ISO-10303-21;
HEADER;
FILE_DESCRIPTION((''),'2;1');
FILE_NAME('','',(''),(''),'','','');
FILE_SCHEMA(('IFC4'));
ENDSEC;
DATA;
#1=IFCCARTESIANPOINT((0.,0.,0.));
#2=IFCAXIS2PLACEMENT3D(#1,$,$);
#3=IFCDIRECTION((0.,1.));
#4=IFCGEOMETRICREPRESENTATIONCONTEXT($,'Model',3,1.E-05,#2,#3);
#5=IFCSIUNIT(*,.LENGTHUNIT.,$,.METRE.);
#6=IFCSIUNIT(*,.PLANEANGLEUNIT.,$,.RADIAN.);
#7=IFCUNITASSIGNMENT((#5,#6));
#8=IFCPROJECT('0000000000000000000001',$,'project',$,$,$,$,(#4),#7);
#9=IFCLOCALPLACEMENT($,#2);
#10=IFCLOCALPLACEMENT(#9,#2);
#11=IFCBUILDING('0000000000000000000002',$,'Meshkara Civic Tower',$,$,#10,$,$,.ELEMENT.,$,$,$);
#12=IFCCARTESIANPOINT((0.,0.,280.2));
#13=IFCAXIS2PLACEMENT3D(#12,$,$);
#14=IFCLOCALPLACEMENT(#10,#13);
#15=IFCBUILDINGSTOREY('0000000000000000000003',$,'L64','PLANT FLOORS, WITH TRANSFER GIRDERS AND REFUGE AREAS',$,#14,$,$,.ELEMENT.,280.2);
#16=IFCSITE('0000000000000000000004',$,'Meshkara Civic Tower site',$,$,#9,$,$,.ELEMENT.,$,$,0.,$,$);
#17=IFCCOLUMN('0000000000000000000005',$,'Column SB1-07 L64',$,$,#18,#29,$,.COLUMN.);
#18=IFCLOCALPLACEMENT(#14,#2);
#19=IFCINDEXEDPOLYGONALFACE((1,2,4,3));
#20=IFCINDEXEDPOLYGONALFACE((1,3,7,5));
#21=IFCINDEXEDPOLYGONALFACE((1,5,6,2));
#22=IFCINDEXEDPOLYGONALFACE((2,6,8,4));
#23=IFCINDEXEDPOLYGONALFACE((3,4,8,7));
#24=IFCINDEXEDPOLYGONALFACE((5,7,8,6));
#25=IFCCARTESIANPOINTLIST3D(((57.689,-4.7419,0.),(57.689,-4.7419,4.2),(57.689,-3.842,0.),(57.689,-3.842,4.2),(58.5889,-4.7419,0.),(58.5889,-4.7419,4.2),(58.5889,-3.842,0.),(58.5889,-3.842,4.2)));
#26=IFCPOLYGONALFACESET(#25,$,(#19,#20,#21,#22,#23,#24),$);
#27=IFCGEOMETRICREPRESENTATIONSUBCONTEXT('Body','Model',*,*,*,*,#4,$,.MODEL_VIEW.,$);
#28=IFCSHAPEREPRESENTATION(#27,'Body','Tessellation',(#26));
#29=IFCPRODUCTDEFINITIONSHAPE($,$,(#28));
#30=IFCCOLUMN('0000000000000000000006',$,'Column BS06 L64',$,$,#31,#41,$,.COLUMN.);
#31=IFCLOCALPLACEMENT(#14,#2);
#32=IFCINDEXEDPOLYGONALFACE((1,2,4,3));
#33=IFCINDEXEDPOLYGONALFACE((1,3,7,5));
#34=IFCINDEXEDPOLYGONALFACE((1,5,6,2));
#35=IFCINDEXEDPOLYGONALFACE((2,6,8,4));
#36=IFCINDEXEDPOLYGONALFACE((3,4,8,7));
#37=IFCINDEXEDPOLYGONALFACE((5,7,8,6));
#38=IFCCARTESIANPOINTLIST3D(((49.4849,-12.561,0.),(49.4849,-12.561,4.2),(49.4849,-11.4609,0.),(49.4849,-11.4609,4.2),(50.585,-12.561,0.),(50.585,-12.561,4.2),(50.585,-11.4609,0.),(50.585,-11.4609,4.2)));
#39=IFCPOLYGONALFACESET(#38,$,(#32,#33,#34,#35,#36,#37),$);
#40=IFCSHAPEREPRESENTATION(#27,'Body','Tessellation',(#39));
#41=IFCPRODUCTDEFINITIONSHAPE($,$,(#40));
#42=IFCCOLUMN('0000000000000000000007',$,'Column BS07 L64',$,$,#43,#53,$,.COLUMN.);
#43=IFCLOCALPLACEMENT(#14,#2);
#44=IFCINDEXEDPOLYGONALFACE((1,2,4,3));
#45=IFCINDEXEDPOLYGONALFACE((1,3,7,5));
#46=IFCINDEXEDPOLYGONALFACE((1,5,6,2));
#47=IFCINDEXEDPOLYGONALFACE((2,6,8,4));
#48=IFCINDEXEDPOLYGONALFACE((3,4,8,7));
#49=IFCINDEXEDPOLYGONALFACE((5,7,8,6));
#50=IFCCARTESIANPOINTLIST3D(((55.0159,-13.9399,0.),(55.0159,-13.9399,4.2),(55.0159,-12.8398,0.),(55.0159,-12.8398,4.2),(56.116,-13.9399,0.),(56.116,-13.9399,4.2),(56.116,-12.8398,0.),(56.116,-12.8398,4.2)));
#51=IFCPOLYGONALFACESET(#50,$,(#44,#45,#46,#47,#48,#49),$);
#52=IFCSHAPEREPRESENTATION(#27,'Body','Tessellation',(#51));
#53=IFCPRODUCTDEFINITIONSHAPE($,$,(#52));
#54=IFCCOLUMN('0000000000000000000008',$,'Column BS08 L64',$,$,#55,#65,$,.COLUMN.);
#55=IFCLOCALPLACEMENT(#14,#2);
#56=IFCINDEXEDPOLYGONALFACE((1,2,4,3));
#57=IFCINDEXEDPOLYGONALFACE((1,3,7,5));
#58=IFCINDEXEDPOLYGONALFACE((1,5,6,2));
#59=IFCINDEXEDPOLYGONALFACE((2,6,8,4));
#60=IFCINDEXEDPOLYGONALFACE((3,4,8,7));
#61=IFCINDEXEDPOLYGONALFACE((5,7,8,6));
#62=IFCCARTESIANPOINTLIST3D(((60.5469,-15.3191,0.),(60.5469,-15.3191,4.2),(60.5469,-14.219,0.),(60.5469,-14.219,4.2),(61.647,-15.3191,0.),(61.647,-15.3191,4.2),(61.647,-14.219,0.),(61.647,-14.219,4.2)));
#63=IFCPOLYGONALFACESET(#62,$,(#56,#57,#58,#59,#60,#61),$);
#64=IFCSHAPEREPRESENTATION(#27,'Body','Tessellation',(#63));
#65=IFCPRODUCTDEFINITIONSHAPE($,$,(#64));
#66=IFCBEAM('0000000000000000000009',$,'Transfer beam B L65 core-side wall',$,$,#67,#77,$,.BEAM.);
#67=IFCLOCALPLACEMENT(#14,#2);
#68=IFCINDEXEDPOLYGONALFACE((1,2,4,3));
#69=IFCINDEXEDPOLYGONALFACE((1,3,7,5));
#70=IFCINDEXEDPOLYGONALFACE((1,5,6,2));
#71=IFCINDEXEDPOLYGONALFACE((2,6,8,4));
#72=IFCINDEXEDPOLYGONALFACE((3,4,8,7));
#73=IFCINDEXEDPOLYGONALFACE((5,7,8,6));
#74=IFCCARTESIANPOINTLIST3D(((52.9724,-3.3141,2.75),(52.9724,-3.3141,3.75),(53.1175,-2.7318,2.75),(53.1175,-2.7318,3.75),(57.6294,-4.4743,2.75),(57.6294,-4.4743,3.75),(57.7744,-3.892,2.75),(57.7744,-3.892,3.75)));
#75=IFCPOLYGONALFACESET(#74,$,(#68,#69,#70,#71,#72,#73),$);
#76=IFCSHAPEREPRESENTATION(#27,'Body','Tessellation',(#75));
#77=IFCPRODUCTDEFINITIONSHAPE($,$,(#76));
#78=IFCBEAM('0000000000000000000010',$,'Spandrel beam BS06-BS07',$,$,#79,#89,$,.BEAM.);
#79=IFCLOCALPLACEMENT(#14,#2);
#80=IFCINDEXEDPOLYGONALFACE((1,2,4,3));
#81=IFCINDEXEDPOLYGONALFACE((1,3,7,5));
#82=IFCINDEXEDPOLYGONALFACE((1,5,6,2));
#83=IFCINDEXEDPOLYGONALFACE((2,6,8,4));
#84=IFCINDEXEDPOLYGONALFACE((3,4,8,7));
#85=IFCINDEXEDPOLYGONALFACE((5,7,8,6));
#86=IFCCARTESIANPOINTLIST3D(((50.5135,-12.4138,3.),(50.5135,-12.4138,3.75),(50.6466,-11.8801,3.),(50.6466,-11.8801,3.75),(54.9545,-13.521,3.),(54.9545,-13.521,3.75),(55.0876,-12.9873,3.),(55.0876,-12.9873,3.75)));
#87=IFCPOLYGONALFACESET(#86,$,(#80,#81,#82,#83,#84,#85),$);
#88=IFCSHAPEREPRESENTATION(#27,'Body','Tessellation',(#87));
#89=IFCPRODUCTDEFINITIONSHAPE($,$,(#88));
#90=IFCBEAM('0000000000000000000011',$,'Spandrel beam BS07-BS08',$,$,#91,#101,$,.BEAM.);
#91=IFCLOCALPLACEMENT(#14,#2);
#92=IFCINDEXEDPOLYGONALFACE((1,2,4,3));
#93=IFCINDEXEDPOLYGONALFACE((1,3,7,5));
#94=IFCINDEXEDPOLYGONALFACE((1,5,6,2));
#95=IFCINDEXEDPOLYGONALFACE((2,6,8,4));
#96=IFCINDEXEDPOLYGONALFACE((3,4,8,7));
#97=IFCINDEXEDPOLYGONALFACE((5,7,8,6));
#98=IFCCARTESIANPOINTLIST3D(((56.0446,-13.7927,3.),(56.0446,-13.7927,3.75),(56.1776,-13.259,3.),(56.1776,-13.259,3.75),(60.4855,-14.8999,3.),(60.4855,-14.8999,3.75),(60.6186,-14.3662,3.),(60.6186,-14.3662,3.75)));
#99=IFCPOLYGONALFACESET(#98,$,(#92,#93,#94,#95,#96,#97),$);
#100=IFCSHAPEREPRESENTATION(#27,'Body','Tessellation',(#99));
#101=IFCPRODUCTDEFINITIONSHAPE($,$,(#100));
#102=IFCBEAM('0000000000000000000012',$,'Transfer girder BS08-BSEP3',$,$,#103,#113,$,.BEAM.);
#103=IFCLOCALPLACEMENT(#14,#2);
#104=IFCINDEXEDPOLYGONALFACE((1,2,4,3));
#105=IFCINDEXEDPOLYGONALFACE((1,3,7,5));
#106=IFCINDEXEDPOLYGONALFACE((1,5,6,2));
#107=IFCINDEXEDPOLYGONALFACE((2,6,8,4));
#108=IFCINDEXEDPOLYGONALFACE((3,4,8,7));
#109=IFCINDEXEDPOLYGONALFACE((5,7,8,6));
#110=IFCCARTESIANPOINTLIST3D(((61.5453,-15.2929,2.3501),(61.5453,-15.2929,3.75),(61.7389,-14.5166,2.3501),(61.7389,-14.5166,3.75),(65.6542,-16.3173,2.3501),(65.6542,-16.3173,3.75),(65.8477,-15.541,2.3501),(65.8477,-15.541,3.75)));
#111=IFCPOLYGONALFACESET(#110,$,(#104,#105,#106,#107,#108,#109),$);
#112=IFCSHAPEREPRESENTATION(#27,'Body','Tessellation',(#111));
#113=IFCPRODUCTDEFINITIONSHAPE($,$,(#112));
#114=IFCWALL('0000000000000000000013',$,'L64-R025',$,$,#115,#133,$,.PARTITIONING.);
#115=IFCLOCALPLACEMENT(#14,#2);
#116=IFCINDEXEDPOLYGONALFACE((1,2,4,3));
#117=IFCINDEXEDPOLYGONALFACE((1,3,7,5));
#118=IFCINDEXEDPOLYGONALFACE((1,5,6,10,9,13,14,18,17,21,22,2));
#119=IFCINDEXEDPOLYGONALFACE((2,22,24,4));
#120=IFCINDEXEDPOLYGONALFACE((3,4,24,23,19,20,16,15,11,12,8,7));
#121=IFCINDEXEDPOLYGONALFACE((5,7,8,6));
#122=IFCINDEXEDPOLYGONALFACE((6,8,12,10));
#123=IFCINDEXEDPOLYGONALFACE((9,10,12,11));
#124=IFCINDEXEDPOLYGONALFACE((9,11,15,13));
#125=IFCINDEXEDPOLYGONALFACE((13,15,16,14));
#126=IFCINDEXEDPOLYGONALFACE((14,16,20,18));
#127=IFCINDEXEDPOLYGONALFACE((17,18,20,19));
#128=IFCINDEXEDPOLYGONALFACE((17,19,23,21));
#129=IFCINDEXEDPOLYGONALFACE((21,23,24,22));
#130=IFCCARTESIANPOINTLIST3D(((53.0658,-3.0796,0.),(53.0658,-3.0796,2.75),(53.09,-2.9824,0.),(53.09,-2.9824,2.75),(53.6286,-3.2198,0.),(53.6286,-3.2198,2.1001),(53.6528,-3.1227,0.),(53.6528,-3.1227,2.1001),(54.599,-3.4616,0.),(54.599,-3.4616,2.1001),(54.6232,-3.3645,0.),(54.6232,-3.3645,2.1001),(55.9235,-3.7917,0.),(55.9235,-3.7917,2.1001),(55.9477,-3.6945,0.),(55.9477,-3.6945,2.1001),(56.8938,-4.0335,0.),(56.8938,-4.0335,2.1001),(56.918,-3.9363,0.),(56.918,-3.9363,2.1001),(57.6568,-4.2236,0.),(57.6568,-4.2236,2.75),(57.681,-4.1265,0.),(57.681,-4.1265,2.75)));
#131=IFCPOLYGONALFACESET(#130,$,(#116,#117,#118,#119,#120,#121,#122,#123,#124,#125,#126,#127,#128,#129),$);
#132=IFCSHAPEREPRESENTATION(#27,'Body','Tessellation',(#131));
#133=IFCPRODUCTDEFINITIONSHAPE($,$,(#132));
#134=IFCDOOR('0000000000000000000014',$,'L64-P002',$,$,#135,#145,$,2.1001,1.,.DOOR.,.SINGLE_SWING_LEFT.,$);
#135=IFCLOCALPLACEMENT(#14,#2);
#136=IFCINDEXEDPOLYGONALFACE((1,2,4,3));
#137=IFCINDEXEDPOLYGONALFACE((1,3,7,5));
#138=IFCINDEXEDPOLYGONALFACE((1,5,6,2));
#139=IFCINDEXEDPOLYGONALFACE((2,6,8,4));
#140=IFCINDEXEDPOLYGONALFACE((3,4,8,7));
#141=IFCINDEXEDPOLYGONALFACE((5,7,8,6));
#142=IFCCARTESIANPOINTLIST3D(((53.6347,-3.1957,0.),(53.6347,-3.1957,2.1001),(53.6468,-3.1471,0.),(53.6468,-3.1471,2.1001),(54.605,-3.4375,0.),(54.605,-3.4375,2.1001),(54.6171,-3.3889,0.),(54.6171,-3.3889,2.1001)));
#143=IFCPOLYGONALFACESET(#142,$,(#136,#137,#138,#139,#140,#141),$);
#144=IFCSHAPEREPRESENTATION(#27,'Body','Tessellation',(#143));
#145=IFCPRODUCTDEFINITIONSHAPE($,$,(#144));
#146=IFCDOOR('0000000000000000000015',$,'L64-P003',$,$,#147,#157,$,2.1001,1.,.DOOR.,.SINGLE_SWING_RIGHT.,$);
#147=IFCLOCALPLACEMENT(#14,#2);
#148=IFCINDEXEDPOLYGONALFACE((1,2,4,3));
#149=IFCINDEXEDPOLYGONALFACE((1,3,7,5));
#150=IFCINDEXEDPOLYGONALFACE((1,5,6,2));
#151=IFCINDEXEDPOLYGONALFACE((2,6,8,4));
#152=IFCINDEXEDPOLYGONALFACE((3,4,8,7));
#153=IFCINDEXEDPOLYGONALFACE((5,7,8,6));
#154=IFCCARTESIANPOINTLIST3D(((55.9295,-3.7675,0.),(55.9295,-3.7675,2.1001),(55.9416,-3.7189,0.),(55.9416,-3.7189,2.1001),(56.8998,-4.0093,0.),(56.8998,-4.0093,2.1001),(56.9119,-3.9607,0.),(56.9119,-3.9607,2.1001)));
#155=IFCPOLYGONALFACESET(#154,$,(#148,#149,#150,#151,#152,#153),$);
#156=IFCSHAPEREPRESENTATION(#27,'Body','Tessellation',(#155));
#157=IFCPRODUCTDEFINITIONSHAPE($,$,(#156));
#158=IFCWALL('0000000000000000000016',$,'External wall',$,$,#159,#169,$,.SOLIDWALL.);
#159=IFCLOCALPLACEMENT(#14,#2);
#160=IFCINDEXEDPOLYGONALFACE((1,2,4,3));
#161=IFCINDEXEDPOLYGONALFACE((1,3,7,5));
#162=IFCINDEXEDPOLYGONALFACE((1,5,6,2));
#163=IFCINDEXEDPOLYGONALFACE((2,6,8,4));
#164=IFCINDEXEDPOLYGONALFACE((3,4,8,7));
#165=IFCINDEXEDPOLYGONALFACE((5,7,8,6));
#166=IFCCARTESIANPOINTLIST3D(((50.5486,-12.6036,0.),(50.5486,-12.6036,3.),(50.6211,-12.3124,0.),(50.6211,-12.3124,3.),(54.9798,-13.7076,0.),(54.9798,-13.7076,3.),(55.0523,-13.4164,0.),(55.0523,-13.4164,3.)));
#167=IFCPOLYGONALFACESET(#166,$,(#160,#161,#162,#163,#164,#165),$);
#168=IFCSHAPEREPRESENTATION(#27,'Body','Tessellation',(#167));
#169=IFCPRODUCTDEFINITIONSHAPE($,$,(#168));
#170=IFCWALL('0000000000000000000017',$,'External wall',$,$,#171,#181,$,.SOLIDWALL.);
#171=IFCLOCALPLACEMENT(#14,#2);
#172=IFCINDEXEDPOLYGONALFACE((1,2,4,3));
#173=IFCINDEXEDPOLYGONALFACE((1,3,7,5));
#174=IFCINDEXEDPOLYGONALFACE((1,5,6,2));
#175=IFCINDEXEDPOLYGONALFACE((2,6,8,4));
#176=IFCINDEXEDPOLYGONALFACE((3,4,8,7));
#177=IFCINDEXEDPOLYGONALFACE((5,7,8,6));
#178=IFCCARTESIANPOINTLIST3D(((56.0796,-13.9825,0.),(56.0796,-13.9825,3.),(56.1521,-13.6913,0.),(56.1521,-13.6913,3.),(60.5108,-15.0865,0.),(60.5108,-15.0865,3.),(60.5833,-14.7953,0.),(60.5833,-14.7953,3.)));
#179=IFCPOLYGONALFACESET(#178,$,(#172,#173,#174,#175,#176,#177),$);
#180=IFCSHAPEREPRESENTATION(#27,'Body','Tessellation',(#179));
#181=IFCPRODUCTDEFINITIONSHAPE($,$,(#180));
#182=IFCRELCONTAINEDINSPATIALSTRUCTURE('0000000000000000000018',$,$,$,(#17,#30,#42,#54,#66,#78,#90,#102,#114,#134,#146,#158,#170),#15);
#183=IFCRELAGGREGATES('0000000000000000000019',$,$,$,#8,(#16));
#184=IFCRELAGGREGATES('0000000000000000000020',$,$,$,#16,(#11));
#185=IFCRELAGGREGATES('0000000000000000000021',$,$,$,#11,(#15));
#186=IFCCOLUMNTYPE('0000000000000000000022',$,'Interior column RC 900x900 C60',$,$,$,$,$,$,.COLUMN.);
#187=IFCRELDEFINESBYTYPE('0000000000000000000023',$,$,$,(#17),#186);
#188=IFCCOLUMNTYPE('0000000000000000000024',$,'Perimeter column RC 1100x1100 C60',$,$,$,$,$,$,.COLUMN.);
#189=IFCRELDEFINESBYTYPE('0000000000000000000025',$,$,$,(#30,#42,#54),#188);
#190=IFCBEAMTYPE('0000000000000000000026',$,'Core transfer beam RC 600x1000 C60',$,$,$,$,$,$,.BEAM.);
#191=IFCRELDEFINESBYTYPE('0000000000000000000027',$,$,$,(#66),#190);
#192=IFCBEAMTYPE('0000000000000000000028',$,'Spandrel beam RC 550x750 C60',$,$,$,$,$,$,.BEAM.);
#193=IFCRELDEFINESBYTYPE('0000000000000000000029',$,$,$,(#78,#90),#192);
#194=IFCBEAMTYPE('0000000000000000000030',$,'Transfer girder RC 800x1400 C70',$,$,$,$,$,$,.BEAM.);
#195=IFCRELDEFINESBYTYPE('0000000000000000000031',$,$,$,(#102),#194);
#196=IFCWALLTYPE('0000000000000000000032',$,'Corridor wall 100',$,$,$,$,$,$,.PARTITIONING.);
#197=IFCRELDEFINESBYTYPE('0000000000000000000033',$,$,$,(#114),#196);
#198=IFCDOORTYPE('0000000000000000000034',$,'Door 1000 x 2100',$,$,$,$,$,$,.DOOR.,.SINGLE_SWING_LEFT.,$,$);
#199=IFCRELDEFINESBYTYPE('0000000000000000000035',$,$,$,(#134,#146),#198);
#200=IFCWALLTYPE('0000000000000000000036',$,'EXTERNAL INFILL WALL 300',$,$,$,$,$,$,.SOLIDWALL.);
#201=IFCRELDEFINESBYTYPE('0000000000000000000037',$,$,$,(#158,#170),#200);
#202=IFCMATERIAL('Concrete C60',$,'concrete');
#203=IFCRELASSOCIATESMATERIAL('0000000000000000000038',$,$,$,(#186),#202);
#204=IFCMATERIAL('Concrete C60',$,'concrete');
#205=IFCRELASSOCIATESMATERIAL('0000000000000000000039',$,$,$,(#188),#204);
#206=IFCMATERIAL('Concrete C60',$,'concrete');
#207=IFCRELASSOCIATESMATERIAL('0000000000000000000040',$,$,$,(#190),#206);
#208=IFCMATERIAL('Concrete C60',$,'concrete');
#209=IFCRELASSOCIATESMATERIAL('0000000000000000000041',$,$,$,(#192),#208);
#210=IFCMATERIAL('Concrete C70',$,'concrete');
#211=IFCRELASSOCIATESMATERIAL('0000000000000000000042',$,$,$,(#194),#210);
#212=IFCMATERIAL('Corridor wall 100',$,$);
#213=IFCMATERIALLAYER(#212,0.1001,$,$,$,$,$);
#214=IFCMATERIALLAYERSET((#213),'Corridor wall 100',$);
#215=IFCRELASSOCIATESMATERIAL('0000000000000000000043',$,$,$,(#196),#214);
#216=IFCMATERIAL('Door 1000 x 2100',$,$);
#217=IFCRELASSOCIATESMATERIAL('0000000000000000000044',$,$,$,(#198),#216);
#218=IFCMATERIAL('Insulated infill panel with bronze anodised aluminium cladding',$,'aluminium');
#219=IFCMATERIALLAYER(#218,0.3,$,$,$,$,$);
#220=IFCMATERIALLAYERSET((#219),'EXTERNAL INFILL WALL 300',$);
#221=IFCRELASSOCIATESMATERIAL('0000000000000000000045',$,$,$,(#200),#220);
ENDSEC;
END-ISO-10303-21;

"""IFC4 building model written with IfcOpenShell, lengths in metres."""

from ifc_helpers import new_model, si_unit, direction, frame, frame_2d, origin, origin_2d, place, context, subcontext, project, spatial, rectangle, extrude, material, layer, layer_set, material_profile, profile_set, type_object, element, fill, save


model = new_model("IFC4")

# Units and contexts
model_context = context("Model", 3, precision=1e-05, world=origin(), true_north=direction((0.0, 1.0)))
body_context = subcontext(model_context, "Body", "Model", "MODEL_VIEW")
ifc_project = project(units=[si_unit("LENGTHUNIT", "METRE"), si_unit("PLANEANGLEUNIT", "RADIAN")], contexts=[model_context])

# Site, building, storey
site_placement = place(None, origin())
site = spatial("IfcSite", under=ifc_project, at=site_placement, Name="Meshkara Civic Tower site", CompositionType="ELEMENT", RefElevation=0.0)
building_placement = place(site_placement, origin())
building = spatial("IfcBuilding", under=site, at=building_placement, Name="Meshkara Civic Tower", CompositionType="ELEMENT")
storey_placement = place(building_placement, frame((0.0, 0.0, 280.2)))
storey = spatial("IfcBuildingStorey", under=building, at=storey_placement, Name="L64", Description="PLANT FLOORS, WITH TRANSFER GIRDERS AND REFUGE AREAS", CompositionType="ELEMENT", Elevation=280.2)

# Columns
ifc_material_1 = material(Name="Concrete C60", Category="concrete")
ifc_material_profile_1 = material_profile(ifc_material_1, rectangle(XDim=0.8999, YDim=0.8999, at=origin_2d()))
ifc_profile_set_1 = profile_set([ifc_material_profile_1], Name="Concrete C60")
column_type_1 = type_object("IfcColumnType", Name="Interior column RC 900x900 C60", PredefinedType="COLUMN", material=ifc_profile_set_1)
column_placement = place(storey_placement, frame((58.1389, -4.292, 0.0), z_axis=(0.0, 0.0, 1.0), x_axis=(1.0, 0.0, 0.0)))
element("IfcColumn", 1, at=column_placement, inside=storey, type_object=column_type_1, Name="Column SB1-07 L64", PredefinedType="COLUMN", context=body_context, shape_type="SweptSolid", body=[
    extrude(rectangle(XDim=0.8999, YDim=0.8999, at=origin_2d()), origin(), (0.0, 0.0, 1.0), 4.2),
])
ifc_material_2 = material(Name="Concrete C60", Category="concrete")
ifc_material_profile_2 = material_profile(ifc_material_2, rectangle(XDim=1.1001, YDim=1.1001, at=origin_2d()))
ifc_profile_set_2 = profile_set([ifc_material_profile_2], Name="Concrete C60")
column_type_2 = type_object("IfcColumnType", Name="Perimeter column RC 1100x1100 C60", PredefinedType="COLUMN", material=ifc_profile_set_2)
for number, where, z_axis, x_axis, name in (
    (2, (50.0349, -12.011, 0.0), (0.0, 0.0, 1.0), (1.0, 0.0, 0.0), "Column BS06 L64"),
    (3, (55.5659, -13.3899, 0.0), (0.0, 0.0, 1.0), (1.0, 0.0, 0.0), "Column BS07 L64"),
    (4, (61.0969, -14.769, 0.0), (0.0, 0.0, 1.0), (1.0, 0.0, 0.0), "Column BS08 L64"),
):
    element("IfcColumn", number, at=place(storey_placement, frame(where, z_axis=z_axis, x_axis=x_axis)), inside=storey, type_object=column_type_2, Name=name, PredefinedType="COLUMN", context=body_context, shape_type="SweptSolid", body=[
        extrude(rectangle(XDim=1.1001, YDim=1.1001, at=origin_2d()), origin(), (0.0, 0.0, 1.0), 4.2),
    ])

# Beams
ifc_material_3 = material(Name="Concrete C60", Category="concrete")
ifc_material_profile_3 = material_profile(ifc_material_3, rectangle(XDim=0.6001, YDim=1.0, at=origin_2d()))
ifc_profile_set_3 = profile_set([ifc_material_profile_3], Name="Concrete C60")
beam_type_1 = type_object("IfcBeamType", Name="Core transfer beam RC 600x1000 C60", PredefinedType="BEAM", material=ifc_profile_set_3)
beam_1_placement = place(storey_placement, frame((53.0449, -3.0229, 3.25), z_axis=(0.970343, -0.241734, 0.0), x_axis=(0.241734, 0.970343, 0.0)))
element("IfcBeam", 5, at=beam_1_placement, inside=storey, type_object=beam_type_1, Name="Transfer beam B L65 core-side wall", PredefinedType="BEAM", context=body_context, shape_type="SweptSolid", body=[
    extrude(rectangle(XDim=0.6001, YDim=1.0, at=origin_2d()), origin(), (0.0, 0.0, 1.0), 4.7993),
])
ifc_material_4 = material(Name="Concrete C60", Category="concrete")
ifc_material_profile_4 = material_profile(ifc_material_4, rectangle(XDim=0.55, YDim=0.75, at=origin_2d()))
ifc_profile_set_4 = profile_set([ifc_material_profile_4], Name="Concrete C60")
beam_type_2 = type_object("IfcBeamType", Name="Spandrel beam RC 550x750 C60", PredefinedType="BEAM", material=ifc_profile_set_4)
for number, where, z_axis, x_axis, name in (
    (6, (50.5801, -12.147, 3.375), (0.970299, -0.241908, 0.0), (0.241908, 0.970299, 0.0), "Spandrel beam BS06-BS07"),
    (7, (56.1111, -13.5259, 3.375), (0.970299, -0.241908, 0.0), (0.241908, 0.970299, 0.0), "Spandrel beam BS07-BS08"),
):
    element("IfcBeam", number, at=place(storey_placement, frame(where, z_axis=z_axis, x_axis=x_axis)), inside=storey, type_object=beam_type_2, Name=name, PredefinedType="BEAM", context=body_context, shape_type="SweptSolid", body=[
        extrude(rectangle(XDim=0.55, YDim=0.75, at=origin_2d()), origin(), (0.0, 0.0, 1.0), 4.5769),
    ])
ifc_material_5 = material(Name="Concrete C70", Category="concrete")
ifc_material_profile_5 = material_profile(ifc_material_5, rectangle(XDim=0.8, YDim=1.3999, at=origin_2d()))
ifc_profile_set_5 = profile_set([ifc_material_profile_5], Name="Concrete C70")
beam_type_3 = type_object("IfcBeamType", Name="Transfer girder RC 800x1400 C70", PredefinedType="BEAM", material=ifc_profile_set_5)
beam_2_placement = place(storey_placement, frame((61.6421, -14.9048, 3.05), z_axis=(0.970298, -0.241912, 0.0), x_axis=(0.241912, 0.970298, 0.0)))
element("IfcBeam", 8, at=beam_2_placement, inside=storey, type_object=beam_type_3, Name="Transfer girder BS08-BSEP3", PredefinedType="BEAM", context=body_context, shape_type="SweptSolid", body=[
    extrude(rectangle(XDim=0.8, YDim=1.3999, at=origin_2d()), origin(), (0.0, 0.0, 1.0), 4.2346),
])

# Wall, openings, doors
ifc_material_6 = material(Name="Corridor wall 100")
ifc_layer_1 = layer(ifc_material_6, 0.1001)
ifc_layer_set_1 = layer_set([ifc_layer_1], Name="Corridor wall 100")
wall_type_1 = type_object("IfcWallType", Name="Corridor wall 100", PredefinedType="PARTITIONING", material=ifc_layer_set_1)
wall_1_placement = place(storey_placement, frame((53.0779, -3.031, 0.0), z_axis=(0.0, 0.0, 1.0), x_axis=(0.970327, -0.241795, 0.0)))
wall_1 = element("IfcWall", 9, at=wall_1_placement, inside=storey, type_object=wall_type_1, Name="L64-R025", PredefinedType="PARTITIONING", context=body_context, shape_type="SweptSolid", body=[
    extrude(rectangle(XDim=4.7314, YDim=0.1001, at=frame_2d((2.3657, 0.0))), origin(), (0.0, 0.0, 1.0), 2.75),
])
opening_1_placement = place(wall_1_placement, frame((0.5801, 0.0, 0.0)))
opening_1 = element("IfcOpeningElement", 10, at=opening_1_placement, cuts=wall_1, PredefinedType="OPENING", context=body_context, shape_type="SweptSolid", body=[
    extrude(rectangle(XDim=1.0, YDim=2.1001, at=frame_2d((0.5, 1.05))), frame((0.0, 0.0601, 0.0), z_axis=(0.0, -1.0, 0.0), x_axis=(1.0, 0.0, 0.0)), (0.0, 0.0, 1.0), 0.1201),
])
opening_2_placement = place(wall_1_placement, frame((2.9451, 0.0, 0.0)))
opening_2 = element("IfcOpeningElement", 11, at=opening_2_placement, cuts=wall_1, PredefinedType="OPENING", context=body_context, shape_type="SweptSolid", body=[
    extrude(rectangle(XDim=1.0, YDim=2.1001, at=frame_2d((0.5, 1.05))), frame((0.0, 0.0601, 0.0), z_axis=(0.0, -1.0, 0.0), x_axis=(1.0, 0.0, 0.0)), (0.0, 0.0, 1.0), 0.1201),
])
ifc_material_7 = material(Name="Door 1000 x 2100")
door_type_1 = type_object("IfcDoorType", Name="Door 1000 x 2100", OperationType="SINGLE_SWING_LEFT", PredefinedType="DOOR", material=ifc_material_7)
door_1_placement = place(opening_1_placement, origin())
door_1 = element("IfcDoor", 12, at=door_1_placement, inside=storey, type_object=door_type_1, Name="L64-P002", OperationType="SINGLE_SWING_LEFT", OverallHeight=2.1001, OverallWidth=1.0, PredefinedType="DOOR", context=body_context, shape_type="SweptSolid", body=[
    extrude(rectangle(XDim=1.0, YDim=2.1001, at=frame_2d((0.5, 1.05))), frame((0.0, 0.0249, 0.0), z_axis=(0.0, -1.0, 0.0), x_axis=(1.0, 0.0, 0.0)), (0.0, 0.0, 1.0), 0.05),
])
fill(opening_1, door_1)
door_2_placement = place(opening_2_placement, origin())
door_2 = element("IfcDoor", 13, at=door_2_placement, inside=storey, type_object=door_type_1, Name="L64-P003", OperationType="SINGLE_SWING_RIGHT", OverallHeight=2.1001, OverallWidth=1.0, PredefinedType="DOOR", context=body_context, shape_type="SweptSolid", body=[
    extrude(rectangle(XDim=1.0, YDim=2.1001, at=frame_2d((0.5, 1.05))), frame((0.0, 0.0249, 0.0), z_axis=(0.0, -1.0, 0.0), x_axis=(1.0, 0.0, 0.0)), (0.0, 0.0, 1.0), 0.05),
])
fill(opening_2, door_2)

# Walls
ifc_material_8 = material(Name="Insulated infill panel with bronze anodised aluminium cladding", Category="aluminium")
ifc_layer_2 = layer(ifc_material_8, 0.3)
ifc_layer_set_2 = layer_set([ifc_layer_2], Name="EXTERNAL INFILL WALL 300")
wall_type_2 = type_object("IfcWallType", Name="EXTERNAL INFILL WALL 300", PredefinedType="SOLIDWALL", material=ifc_layer_set_2)
for number, where, z_axis, x_axis, name in (
    (14, (50.585, -12.458, 0.0), (0.0, 0.0, 1.0), (0.970337, -0.241756, 0.0), "External wall"),
    (15, (56.116, -13.8369, 0.0), (0.0, 0.0, 1.0), (0.970337, -0.241756, 0.0), "External wall"),
):
    element("IfcWall", number, at=place(storey_placement, frame(where, z_axis=z_axis, x_axis=x_axis)), inside=storey, type_object=wall_type_2, Name=name, PredefinedType="SOLIDWALL", context=body_context, shape_type="SweptSolid", body=[
        extrude(rectangle(XDim=4.5667, YDim=0.3, at=frame_2d((2.2832, 0.0))), origin(), (0.0, 0.0, 1.0), 3.0),
    ])

save(model, "model.ifc")
